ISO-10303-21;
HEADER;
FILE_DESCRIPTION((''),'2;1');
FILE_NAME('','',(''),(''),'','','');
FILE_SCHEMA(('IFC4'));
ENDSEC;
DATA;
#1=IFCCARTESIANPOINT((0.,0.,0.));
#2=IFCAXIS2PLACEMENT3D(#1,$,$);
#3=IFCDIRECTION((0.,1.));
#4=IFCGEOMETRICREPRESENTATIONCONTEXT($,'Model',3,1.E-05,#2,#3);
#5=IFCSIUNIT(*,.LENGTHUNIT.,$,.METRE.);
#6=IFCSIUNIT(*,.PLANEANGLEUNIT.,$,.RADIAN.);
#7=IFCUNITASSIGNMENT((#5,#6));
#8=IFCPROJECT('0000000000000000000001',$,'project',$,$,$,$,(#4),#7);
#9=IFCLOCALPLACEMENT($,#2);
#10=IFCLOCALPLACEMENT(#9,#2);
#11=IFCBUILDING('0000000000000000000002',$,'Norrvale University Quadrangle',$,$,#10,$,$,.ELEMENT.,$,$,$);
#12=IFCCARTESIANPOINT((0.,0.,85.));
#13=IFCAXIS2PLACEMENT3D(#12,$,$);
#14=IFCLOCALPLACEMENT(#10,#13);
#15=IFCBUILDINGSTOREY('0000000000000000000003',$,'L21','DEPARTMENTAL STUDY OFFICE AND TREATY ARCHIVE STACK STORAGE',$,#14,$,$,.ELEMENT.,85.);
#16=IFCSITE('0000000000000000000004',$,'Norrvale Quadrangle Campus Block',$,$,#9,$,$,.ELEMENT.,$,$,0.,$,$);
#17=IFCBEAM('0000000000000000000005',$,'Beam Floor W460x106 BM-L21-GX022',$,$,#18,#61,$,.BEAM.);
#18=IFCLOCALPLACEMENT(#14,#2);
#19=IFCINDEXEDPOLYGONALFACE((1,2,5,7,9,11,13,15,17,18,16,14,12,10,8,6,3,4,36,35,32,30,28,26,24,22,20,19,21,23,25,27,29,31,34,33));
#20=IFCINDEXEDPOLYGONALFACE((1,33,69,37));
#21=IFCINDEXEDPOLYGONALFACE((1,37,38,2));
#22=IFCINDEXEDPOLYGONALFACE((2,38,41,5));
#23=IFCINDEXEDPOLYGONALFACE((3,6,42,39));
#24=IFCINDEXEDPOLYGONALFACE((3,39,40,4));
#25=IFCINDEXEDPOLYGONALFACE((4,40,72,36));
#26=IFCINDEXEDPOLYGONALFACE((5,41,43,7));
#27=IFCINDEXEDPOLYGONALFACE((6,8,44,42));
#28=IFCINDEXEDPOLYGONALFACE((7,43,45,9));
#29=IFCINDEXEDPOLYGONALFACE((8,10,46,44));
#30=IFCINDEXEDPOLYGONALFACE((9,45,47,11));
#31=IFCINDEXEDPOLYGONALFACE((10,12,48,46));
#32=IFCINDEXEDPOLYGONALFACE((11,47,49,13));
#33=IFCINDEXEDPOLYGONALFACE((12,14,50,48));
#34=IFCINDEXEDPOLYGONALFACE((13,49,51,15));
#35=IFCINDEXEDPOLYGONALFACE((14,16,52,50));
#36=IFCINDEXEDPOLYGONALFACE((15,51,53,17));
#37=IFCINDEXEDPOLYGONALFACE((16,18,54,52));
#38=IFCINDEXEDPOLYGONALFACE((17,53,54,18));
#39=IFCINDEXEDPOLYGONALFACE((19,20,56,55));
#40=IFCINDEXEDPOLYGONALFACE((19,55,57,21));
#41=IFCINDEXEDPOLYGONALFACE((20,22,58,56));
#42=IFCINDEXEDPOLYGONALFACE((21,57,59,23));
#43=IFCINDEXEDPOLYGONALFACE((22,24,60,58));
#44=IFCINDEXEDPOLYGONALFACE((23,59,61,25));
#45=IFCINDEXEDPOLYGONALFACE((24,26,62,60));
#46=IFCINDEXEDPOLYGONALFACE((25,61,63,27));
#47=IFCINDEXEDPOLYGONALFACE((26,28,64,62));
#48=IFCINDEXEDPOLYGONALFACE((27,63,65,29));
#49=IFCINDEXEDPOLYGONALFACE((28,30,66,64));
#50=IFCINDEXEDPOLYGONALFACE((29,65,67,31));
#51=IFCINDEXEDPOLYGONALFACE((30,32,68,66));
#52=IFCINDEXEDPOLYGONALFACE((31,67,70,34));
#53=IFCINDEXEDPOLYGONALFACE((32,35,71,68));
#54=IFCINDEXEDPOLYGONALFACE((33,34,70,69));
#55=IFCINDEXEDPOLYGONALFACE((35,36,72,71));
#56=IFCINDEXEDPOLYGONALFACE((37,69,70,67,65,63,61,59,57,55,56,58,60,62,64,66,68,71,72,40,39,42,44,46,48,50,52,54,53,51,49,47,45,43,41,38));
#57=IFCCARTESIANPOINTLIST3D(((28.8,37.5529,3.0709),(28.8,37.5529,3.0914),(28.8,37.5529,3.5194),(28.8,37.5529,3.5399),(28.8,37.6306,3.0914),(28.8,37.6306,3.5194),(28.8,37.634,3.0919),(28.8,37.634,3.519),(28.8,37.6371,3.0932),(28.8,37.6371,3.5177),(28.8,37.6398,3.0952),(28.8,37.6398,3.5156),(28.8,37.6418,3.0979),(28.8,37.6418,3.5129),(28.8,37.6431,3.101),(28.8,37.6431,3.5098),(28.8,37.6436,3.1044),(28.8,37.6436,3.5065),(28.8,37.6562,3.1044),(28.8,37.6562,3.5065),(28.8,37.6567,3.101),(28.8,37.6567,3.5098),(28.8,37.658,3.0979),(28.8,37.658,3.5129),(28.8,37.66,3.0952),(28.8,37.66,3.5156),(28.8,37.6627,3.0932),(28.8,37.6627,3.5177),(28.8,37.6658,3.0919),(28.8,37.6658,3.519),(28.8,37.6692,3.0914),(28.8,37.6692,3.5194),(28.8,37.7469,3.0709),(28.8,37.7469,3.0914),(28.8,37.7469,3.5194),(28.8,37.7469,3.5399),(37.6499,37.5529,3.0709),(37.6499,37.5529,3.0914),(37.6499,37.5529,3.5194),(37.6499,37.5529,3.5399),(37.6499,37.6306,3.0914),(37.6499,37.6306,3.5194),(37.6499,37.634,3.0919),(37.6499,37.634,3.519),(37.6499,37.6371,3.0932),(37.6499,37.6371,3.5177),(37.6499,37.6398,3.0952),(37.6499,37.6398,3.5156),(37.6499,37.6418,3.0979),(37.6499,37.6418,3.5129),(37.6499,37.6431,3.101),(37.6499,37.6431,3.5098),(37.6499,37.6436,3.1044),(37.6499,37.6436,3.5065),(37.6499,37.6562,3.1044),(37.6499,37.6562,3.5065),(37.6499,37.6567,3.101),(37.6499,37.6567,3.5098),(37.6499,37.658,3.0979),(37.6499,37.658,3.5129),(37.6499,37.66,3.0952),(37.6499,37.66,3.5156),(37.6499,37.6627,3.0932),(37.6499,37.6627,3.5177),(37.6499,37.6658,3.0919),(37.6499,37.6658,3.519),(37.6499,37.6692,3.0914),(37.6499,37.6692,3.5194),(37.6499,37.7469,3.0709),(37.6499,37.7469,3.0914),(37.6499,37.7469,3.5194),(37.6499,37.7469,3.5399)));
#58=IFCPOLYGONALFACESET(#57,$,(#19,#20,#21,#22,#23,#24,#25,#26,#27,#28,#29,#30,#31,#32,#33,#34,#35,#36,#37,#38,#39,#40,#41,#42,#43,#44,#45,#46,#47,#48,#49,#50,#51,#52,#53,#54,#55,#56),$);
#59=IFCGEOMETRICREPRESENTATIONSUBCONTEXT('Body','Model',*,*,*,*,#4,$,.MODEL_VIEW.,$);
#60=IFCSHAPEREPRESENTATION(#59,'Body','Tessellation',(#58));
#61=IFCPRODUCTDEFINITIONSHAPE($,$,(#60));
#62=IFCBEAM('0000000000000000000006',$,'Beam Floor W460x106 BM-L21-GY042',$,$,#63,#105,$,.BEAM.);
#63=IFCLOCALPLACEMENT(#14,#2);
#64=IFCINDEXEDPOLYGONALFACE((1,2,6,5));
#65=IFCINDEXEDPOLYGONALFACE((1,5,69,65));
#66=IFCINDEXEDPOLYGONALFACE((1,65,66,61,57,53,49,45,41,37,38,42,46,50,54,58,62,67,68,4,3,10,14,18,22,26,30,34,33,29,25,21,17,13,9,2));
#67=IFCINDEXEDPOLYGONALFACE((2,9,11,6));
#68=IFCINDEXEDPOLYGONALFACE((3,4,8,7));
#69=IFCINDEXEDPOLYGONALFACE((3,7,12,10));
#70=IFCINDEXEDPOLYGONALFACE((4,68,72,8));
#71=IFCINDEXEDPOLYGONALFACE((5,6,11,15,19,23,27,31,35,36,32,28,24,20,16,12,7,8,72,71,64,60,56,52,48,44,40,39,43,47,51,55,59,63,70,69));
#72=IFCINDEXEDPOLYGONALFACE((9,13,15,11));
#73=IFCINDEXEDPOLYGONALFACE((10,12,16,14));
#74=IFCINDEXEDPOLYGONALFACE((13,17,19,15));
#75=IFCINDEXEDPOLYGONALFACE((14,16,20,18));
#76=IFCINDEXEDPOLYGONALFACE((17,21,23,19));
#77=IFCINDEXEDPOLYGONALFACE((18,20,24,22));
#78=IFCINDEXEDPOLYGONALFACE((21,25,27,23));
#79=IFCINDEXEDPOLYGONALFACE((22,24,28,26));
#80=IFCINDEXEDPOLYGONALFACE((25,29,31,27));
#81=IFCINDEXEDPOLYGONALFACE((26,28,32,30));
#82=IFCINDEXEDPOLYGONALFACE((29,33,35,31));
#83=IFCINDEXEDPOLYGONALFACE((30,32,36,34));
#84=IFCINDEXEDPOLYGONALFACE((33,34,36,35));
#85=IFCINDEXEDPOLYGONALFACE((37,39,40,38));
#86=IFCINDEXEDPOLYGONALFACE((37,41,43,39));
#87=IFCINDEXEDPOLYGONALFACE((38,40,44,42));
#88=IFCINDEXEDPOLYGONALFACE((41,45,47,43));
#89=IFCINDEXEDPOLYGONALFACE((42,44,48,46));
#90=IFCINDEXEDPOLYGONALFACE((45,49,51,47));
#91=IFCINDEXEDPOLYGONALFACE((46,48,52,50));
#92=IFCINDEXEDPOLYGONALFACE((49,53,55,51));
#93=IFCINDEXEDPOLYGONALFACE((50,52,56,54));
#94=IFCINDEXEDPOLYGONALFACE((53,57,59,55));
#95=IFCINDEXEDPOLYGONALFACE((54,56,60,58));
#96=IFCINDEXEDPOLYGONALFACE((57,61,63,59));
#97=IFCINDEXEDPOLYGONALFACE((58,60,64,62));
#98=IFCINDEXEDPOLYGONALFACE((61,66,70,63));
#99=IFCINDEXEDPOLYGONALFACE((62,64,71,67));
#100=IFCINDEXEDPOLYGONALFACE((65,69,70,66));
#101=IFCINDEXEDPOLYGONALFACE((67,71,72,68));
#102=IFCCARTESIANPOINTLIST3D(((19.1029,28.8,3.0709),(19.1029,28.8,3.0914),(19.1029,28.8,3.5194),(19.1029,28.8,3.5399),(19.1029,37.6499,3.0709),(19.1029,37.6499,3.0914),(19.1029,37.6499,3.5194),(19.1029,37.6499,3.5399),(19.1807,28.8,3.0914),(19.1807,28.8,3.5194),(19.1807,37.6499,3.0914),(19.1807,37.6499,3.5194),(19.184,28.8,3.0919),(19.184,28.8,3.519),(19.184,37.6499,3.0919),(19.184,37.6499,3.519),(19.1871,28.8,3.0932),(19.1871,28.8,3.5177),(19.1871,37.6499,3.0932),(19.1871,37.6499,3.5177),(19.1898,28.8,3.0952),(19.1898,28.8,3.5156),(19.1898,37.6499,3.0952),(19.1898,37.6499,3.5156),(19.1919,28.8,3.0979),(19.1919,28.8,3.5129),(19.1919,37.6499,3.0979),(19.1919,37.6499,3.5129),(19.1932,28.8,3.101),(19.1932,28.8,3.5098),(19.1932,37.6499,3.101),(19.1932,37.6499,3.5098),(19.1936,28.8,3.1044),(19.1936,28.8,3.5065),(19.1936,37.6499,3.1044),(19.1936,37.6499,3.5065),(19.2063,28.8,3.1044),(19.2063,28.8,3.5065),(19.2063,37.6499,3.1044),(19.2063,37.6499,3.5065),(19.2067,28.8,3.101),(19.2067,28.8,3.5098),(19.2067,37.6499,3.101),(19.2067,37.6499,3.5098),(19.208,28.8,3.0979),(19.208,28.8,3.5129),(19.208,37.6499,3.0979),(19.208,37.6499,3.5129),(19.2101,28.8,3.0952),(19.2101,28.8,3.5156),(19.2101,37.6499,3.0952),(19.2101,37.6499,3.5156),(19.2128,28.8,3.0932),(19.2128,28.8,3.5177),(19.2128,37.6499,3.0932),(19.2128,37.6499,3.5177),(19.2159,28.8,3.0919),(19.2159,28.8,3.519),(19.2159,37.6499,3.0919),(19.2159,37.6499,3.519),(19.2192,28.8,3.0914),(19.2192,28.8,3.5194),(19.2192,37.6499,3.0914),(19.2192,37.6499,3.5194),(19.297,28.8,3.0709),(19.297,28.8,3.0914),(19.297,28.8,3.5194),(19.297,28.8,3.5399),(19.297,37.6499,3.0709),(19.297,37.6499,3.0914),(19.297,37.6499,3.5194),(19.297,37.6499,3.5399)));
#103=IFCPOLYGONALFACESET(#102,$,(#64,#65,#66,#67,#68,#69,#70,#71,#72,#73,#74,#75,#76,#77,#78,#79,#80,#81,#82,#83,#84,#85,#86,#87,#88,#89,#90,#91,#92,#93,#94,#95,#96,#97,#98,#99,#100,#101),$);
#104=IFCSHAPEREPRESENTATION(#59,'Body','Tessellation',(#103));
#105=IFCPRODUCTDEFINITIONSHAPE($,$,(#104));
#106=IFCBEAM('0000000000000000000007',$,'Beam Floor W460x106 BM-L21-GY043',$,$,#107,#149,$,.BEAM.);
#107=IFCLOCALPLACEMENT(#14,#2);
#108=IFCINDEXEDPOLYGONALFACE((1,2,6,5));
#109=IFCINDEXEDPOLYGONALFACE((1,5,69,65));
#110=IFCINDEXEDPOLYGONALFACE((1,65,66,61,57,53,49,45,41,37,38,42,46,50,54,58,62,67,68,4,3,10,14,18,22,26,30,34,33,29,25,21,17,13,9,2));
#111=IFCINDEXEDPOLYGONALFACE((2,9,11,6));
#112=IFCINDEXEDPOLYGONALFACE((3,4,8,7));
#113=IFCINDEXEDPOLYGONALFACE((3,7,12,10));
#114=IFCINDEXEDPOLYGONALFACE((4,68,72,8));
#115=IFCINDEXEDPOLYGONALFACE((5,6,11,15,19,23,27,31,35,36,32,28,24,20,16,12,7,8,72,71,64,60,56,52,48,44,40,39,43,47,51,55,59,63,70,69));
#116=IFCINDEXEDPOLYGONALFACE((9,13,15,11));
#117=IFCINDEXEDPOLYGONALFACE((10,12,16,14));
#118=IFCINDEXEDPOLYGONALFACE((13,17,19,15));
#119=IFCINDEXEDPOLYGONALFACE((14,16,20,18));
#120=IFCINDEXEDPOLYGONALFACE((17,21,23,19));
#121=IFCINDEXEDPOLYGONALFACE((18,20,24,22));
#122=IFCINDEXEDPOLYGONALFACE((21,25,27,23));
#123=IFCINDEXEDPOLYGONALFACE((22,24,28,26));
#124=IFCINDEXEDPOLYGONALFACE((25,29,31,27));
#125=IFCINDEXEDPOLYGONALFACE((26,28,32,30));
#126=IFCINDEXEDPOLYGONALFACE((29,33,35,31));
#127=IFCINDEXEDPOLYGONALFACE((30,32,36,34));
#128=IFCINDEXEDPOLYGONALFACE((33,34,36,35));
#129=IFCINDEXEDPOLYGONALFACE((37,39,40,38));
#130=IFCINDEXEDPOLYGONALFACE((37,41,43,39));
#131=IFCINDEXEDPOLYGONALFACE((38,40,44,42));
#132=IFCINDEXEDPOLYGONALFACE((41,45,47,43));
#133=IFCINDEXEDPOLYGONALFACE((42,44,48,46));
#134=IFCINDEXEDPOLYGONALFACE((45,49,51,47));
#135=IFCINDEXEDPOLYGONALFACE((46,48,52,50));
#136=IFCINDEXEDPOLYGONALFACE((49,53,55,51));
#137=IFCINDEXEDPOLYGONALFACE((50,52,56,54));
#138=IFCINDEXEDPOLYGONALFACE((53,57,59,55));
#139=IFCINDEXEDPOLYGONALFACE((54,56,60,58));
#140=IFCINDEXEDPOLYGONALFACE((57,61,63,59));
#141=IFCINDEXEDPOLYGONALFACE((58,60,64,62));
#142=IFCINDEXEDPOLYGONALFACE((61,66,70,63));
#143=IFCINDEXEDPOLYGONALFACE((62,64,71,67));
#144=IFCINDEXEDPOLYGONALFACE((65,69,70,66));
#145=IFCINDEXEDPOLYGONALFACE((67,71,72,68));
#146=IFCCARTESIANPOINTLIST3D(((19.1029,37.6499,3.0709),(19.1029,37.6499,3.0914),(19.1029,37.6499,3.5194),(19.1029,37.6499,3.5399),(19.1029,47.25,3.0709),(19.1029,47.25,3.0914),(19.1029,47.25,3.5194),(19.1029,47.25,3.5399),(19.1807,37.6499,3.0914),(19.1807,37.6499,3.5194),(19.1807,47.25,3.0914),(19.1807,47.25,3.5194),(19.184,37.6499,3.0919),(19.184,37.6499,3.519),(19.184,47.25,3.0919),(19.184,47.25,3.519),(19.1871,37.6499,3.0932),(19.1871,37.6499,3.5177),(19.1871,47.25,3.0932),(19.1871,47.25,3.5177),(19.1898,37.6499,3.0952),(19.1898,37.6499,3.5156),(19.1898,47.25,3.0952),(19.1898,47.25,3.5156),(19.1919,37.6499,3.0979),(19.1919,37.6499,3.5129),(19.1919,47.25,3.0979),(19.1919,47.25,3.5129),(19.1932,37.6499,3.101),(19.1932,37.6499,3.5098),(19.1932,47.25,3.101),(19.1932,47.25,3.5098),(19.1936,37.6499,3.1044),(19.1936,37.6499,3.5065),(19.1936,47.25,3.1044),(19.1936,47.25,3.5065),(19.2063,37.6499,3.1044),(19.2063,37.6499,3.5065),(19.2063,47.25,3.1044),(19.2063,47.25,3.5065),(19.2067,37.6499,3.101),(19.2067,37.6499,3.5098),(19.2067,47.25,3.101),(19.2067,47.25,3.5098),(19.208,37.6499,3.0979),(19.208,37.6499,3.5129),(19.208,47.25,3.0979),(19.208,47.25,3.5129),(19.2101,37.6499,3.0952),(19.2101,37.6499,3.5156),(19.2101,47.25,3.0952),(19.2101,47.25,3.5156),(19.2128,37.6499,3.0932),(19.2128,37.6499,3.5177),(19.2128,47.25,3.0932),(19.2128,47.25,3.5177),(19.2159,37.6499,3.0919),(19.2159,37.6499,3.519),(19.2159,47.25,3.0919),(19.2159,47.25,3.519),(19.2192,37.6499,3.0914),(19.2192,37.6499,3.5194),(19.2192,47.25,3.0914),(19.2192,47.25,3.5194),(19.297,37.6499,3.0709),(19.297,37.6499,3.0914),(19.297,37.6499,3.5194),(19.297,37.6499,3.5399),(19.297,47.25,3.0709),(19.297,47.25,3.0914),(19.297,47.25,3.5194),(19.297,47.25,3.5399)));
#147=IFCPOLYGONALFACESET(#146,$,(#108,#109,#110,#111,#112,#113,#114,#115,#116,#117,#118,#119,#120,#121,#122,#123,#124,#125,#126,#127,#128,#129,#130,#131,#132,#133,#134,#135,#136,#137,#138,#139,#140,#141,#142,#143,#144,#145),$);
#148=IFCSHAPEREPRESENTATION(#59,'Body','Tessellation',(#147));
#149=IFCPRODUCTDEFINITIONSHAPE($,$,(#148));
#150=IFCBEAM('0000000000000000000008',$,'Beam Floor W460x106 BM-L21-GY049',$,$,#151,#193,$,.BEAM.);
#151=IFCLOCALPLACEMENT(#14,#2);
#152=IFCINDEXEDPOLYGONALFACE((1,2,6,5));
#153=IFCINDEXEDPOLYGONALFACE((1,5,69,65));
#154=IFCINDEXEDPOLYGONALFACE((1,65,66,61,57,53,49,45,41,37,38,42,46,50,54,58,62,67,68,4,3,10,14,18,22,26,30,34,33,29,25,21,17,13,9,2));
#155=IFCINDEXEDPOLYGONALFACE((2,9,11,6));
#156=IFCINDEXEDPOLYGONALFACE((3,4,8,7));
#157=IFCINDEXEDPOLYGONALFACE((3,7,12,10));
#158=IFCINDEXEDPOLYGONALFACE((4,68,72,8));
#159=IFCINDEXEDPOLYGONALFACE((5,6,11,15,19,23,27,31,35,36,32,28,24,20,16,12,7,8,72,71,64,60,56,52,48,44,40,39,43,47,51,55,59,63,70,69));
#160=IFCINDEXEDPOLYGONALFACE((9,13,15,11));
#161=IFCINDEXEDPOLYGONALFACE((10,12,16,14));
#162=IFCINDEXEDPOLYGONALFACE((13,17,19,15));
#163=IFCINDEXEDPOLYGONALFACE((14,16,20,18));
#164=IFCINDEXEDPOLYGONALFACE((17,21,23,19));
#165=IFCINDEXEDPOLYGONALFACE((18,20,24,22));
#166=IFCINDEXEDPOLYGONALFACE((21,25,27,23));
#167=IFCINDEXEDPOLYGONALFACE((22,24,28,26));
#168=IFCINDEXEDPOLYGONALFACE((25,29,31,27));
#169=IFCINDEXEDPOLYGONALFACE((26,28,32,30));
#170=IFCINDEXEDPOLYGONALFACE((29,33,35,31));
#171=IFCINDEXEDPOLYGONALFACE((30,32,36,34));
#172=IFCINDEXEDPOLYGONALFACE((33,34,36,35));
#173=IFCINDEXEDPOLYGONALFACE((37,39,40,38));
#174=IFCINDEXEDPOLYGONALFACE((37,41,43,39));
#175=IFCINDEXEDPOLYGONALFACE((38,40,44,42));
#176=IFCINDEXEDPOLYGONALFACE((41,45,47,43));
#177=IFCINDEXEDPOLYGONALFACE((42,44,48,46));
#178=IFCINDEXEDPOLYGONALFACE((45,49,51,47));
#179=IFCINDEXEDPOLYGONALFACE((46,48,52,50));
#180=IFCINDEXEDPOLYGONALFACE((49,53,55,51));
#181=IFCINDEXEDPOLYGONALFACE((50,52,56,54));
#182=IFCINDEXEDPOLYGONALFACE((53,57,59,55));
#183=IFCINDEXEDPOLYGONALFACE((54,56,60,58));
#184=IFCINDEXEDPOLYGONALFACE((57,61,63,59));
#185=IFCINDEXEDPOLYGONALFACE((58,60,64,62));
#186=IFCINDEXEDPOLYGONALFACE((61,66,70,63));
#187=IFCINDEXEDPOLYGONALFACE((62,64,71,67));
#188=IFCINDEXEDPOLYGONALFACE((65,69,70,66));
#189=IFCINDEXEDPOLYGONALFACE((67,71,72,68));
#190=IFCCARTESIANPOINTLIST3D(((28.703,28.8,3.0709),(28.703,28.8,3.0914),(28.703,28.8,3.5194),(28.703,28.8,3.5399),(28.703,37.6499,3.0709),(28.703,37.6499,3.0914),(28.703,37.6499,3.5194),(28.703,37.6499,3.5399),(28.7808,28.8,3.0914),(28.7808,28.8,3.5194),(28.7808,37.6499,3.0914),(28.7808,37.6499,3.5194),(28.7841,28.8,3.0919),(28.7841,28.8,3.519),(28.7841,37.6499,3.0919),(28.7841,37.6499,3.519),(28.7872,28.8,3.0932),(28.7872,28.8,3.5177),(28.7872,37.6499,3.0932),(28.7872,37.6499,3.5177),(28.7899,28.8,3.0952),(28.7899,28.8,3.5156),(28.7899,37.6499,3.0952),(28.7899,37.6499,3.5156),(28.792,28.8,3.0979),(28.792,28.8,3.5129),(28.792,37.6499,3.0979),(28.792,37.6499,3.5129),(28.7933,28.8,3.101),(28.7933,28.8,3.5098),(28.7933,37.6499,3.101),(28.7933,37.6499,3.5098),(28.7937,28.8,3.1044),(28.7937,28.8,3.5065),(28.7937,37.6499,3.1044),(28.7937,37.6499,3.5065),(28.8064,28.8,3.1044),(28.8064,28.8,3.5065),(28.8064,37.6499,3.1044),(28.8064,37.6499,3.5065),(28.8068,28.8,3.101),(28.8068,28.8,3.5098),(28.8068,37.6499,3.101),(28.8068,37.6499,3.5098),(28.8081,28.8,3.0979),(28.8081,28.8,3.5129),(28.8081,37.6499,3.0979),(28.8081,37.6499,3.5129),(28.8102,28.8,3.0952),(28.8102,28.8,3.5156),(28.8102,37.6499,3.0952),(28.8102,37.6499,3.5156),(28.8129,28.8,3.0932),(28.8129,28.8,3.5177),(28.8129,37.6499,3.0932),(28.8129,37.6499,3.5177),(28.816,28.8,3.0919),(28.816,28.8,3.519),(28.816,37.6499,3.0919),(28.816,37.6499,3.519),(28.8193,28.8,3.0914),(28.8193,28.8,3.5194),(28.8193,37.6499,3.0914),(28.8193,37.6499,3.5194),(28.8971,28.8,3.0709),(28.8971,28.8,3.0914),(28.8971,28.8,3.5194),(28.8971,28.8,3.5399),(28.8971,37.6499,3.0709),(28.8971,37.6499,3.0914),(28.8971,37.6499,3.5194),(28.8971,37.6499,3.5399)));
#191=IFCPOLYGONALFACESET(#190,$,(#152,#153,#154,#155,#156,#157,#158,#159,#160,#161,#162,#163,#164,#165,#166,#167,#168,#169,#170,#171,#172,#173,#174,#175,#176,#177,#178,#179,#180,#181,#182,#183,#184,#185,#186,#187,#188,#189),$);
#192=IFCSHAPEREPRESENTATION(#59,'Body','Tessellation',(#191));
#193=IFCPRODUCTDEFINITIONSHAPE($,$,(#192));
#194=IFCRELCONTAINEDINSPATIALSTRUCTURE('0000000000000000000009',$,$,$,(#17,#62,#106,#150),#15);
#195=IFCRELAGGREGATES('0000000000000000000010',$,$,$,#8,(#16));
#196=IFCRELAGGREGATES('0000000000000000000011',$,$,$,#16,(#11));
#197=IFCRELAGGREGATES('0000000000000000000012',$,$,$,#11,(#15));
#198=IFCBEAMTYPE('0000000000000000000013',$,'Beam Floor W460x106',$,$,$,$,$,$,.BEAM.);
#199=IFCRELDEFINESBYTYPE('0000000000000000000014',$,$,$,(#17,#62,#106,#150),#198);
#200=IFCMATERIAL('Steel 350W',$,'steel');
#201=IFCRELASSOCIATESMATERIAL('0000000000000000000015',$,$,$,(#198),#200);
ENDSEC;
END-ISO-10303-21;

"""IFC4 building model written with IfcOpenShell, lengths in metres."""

from ifc_helpers import new_model, si_unit, direction, frame, origin, origin_2d, place, context, subcontext, project, spatial, i_section, extrude, material, material_profile, profile_set, type_object, element, save


model = new_model("IFC4")

# Units and contexts
model_context = context("Model", 3, precision=1e-05, world=origin(), true_north=direction((0.0, 1.0)))
body_context = subcontext(model_context, "Body", "Model", "MODEL_VIEW")
ifc_project = project(units=[si_unit("LENGTHUNIT", "METRE"), si_unit("PLANEANGLEUNIT", "RADIAN")], contexts=[model_context])

# Site, building, storey
site_placement = place(None, origin())
site = spatial("IfcSite", under=ifc_project, at=site_placement, Name="Norrvale Quadrangle Campus Block", CompositionType="ELEMENT", RefElevation=0.0)
building_placement = place(site_placement, origin())
building = spatial("IfcBuilding", under=site, at=building_placement, Name="Norrvale University Quadrangle", CompositionType="ELEMENT")
storey_placement = place(building_placement, frame((0.0, 0.0, 85.0)))
storey = spatial("IfcBuildingStorey", under=building, at=storey_placement, Name="L21", Description="DEPARTMENTAL STUDY OFFICE AND TREATY ARCHIVE STACK STORAGE", CompositionType="ELEMENT", Elevation=85.0)

# Beams
ifc_material_1 = material(Name="Steel 350W", Category="steel")
ifc_material_profile_1 = material_profile(ifc_material_1, i_section(OverallWidth=0.1941, OverallDepth=0.469, WebThickness=0.0127, FlangeThickness=0.0205, FilletRadius=0.0129, at=origin_2d()), Name="Steel 350W")
ifc_profile_set_1 = profile_set([ifc_material_profile_1], Name="Steel 350W")
beam_type_1 = type_object("IfcBeamType", Name="Beam Floor W460x106", PredefinedType="BEAM", material=ifc_profile_set_1)
for number, where, z_axis, x_axis, name in (
    (1, (28.8, 37.6499, 3.3054), (1.0, 0.0, 0.0), (0.0, 1.0, 0.0), "Beam Floor W460x106 BM-L21-GX022"),
    (2, (19.2, 28.8, 3.3054), (0.0, 1.0, 0.0), (-1.0, 0.0, 0.0), "Beam Floor W460x106 BM-L21-GY042"),
):
    element("IfcBeam", number, at=place(storey_placement, frame(where, z_axis=z_axis, x_axis=x_axis)), inside=storey, type_object=beam_type_1, Name=name, PredefinedType="BEAM", context=body_context, shape_type="SweptSolid", body=[
        extrude(i_section(OverallWidth=0.1941, OverallDepth=0.469, WebThickness=0.0127, FlangeThickness=0.0205, FilletRadius=0.0129, at=origin_2d()), origin(), (0.0, 0.0, 1.0), 8.8499),
    ])
beam_1_placement = place(storey_placement, frame((19.2, 37.6499, 3.3054), z_axis=(0.0, 1.0, 0.0), x_axis=(-1.0, 0.0, 0.0)))
element("IfcBeam", 3, at=beam_1_placement, inside=storey, type_object=beam_type_1, Name="Beam Floor W460x106 BM-L21-GY043", PredefinedType="BEAM", context=body_context, shape_type="SweptSolid", body=[
    extrude(i_section(OverallWidth=0.1941, OverallDepth=0.469, WebThickness=0.0127, FlangeThickness=0.0205, FilletRadius=0.0129, at=origin_2d()), origin(), (0.0, 0.0, 1.0), 9.6001),
])
beam_2_placement = place(storey_placement, frame((28.8, 28.8, 3.3054), z_axis=(0.0, 1.0, 0.0), x_axis=(-1.0, 0.0, 0.0)))
element("IfcBeam", 4, at=beam_2_placement, inside=storey, type_object=beam_type_1, Name="Beam Floor W460x106 BM-L21-GY049", PredefinedType="BEAM", context=body_context, shape_type="SweptSolid", body=[
    extrude(i_section(OverallWidth=0.1941, OverallDepth=0.469, WebThickness=0.0127, FlangeThickness=0.0205, FilletRadius=0.0129, at=origin_2d()), origin(), (0.0, 0.0, 1.0), 8.8499),
])

save(model, "model.ifc")
